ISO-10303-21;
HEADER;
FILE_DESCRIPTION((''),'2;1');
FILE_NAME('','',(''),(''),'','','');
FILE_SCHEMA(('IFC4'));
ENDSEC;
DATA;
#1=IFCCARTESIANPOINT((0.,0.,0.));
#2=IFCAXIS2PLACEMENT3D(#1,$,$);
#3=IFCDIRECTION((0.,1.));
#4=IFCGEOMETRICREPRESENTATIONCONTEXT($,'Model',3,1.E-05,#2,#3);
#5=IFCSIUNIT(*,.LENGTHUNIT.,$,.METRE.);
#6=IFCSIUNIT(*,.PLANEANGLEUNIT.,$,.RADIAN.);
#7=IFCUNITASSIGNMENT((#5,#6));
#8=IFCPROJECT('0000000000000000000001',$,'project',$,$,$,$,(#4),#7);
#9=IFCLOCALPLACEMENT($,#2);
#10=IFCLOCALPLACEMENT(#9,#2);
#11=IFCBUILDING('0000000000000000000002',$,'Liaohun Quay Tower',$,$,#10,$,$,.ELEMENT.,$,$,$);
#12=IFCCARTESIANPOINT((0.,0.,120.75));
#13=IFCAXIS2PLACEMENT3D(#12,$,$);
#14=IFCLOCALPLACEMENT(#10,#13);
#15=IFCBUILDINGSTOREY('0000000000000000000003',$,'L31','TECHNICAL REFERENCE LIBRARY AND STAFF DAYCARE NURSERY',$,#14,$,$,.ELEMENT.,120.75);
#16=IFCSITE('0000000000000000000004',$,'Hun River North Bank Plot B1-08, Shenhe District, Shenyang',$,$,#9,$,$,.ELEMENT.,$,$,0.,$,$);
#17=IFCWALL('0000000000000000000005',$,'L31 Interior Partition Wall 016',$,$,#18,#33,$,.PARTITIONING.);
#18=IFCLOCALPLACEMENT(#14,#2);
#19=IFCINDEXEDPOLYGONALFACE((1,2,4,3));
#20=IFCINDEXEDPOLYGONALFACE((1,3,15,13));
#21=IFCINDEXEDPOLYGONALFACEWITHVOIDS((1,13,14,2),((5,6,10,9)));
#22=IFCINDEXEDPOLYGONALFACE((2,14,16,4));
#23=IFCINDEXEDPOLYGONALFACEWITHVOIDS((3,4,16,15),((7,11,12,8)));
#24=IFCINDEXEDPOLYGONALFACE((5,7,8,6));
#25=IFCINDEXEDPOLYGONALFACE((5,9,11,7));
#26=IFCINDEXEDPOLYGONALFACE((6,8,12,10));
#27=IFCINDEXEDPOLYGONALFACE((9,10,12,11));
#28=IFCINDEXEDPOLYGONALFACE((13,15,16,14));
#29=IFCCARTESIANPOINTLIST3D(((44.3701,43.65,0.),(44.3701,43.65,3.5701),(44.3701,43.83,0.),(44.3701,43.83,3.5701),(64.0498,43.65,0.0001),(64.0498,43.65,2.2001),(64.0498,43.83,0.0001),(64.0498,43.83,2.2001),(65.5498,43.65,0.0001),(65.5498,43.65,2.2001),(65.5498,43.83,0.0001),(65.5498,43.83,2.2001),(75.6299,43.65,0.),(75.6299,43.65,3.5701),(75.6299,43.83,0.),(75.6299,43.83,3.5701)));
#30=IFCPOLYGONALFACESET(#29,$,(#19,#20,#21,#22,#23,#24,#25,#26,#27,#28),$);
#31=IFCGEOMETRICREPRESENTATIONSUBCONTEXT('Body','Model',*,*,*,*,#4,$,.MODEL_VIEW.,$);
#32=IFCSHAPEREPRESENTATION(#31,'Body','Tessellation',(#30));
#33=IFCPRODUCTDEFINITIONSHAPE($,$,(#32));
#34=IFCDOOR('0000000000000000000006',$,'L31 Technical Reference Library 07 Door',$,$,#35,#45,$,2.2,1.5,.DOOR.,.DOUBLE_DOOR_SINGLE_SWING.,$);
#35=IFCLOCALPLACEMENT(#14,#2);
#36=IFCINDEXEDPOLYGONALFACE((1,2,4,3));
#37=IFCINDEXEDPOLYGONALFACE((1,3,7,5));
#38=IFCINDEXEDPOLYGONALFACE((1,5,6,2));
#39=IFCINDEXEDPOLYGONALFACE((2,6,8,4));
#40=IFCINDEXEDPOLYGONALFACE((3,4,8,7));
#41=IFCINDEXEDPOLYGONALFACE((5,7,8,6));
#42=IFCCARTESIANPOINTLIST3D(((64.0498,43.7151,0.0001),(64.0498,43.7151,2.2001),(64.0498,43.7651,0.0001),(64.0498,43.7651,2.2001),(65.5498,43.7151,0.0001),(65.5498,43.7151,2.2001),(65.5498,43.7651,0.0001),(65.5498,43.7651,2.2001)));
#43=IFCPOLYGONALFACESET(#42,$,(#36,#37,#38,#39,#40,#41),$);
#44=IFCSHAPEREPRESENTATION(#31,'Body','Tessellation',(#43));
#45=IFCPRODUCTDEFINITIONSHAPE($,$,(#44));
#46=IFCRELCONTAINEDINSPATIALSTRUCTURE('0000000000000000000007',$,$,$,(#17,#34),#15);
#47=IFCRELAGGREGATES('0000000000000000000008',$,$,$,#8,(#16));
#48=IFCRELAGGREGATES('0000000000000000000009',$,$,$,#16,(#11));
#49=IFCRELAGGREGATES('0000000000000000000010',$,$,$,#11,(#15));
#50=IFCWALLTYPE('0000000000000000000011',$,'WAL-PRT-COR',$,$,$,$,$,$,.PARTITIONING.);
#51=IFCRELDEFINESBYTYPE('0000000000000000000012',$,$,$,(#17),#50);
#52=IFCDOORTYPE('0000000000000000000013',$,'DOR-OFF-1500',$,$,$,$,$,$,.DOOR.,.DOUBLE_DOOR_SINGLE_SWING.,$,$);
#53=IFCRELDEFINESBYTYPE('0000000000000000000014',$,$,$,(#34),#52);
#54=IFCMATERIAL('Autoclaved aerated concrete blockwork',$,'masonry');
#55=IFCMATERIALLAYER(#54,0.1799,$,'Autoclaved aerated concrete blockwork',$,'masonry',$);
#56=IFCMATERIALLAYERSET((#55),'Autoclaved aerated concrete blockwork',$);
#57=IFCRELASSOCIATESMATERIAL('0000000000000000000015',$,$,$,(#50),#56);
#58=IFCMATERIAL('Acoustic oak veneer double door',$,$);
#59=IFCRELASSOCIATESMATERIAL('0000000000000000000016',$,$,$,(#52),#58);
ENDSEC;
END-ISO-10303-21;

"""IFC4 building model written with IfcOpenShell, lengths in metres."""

from ifc_helpers import new_model, si_unit, direction, frame, frame_2d, origin, place, context, subcontext, project, spatial, rectangle, extrude, source, transform, mapped, material, layer, layer_set, type_object, element, fill, save


model = new_model("IFC4")

# Units and contexts
model_context = context("Model", 3, precision=1e-05, world=origin(), true_north=direction((0.0, 1.0)))
body_context = subcontext(model_context, "Body", "Model", "MODEL_VIEW")
ifc_project = project(units=[si_unit("LENGTHUNIT", "METRE"), si_unit("PLANEANGLEUNIT", "RADIAN")], contexts=[model_context])

# Site, building, storey
site_placement = place(None, origin())
site = spatial("IfcSite", under=ifc_project, at=site_placement, Name="Hun River North Bank Plot B1-08, Shenhe District, Shenyang", CompositionType="ELEMENT", RefElevation=0.0)
building_placement = place(site_placement, origin())
building = spatial("IfcBuilding", under=site, at=building_placement, Name="Liaohun Quay Tower", CompositionType="ELEMENT")
storey_placement = place(building_placement, frame((0.0, 0.0, 120.75)))
storey = spatial("IfcBuildingStorey", under=building, at=storey_placement, Name="L31", Description="TECHNICAL REFERENCE LIBRARY AND STAFF DAYCARE NURSERY", CompositionType="ELEMENT", Elevation=120.75)

# Wall, opening, door
ifc_material_1 = material(Name="Autoclaved aerated concrete blockwork", Category="masonry")
ifc_layer_1 = layer(ifc_material_1, 0.1799, Name="Autoclaved aerated concrete blockwork", Category="masonry")
ifc_layer_set_1 = layer_set([ifc_layer_1], Name="Autoclaved aerated concrete blockwork")
wall_type_1 = type_object("IfcWallType", Name="WAL-PRT-COR", PredefinedType="PARTITIONING", material=ifc_layer_set_1)
wall_1_placement = place(storey_placement, frame((75.6299, 43.74, 0.0), z_axis=(0.0, 0.0, 1.0), x_axis=(-1.0, 0.0, 0.0)))
wall_1 = element("IfcWall", 1, at=wall_1_placement, inside=storey, type_object=wall_type_1, Name="L31 Interior Partition Wall 016", PredefinedType="PARTITIONING", context=body_context, shape_type="SweptSolid", body=[
    extrude(rectangle(XDim=31.2598, YDim=0.1799, at=frame_2d((15.6299, 0.0))), origin(), (0.0, 0.0, 1.0), 3.5701),
])
shared_shape_1 = source(origin(), body_context, "Body", "SweptSolid", [
    extrude(rectangle(XDim=1.5, YDim=2.2, at=frame_2d((0.75, 1.1001))), frame((0.0, 0.0999, 0.0), z_axis=(0.0, -1.0, 0.0), x_axis=(1.0, 0.0, 0.0)), (0.0, 0.0, 1.0), 0.2),
])
opening_1_placement = place(wall_1_placement, frame((10.0801, 0.0, 0.0)))
opening_1 = element("IfcOpeningElement", 2, at=opening_1_placement, cuts=wall_1, PredefinedType="OPENING", context=body_context, shape_type="MappedRepresentation", body=[
    mapped(shared_shape_1, transform((0.0, 0.0, 0.0), x_axis=(1.0, 0.0, 0.0), y_axis=(0.0, 1.0, 0.0), z_axis=(0.0, 0.0, 1.0), scale=1.0)),
])
ifc_material_2 = material(Name="Acoustic oak veneer double door")
door_type = type_object("IfcDoorType", Name="DOR-OFF-1500", OperationType="DOUBLE_DOOR_SINGLE_SWING", PredefinedType="DOOR", material=ifc_material_2)
shared_shape_2 = source(origin(), body_context, "Body", "SweptSolid", [
    extrude(rectangle(XDim=1.5, YDim=2.2, at=frame_2d((0.75, 1.1001))), frame((0.0, 0.0249, 0.0), z_axis=(0.0, -1.0, 0.0), x_axis=(1.0, 0.0, 0.0)), (0.0, 0.0, 1.0), 0.05),
])
door_placement = place(opening_1_placement, origin())
door = element("IfcDoor", 3, at=door_placement, inside=storey, type_object=door_type, Name="L31 Technical Reference Library 07 Door", OperationType="DOUBLE_DOOR_SINGLE_SWING", OverallHeight=2.2, OverallWidth=1.5, PredefinedType="DOOR", context=body_context, shape_type="MappedRepresentation", body=[
    mapped(shared_shape_2, transform((0.0, 0.0, 0.0), x_axis=(1.0, 0.0, 0.0), y_axis=(0.0, 1.0, 0.0), z_axis=(0.0, 0.0, 1.0), scale=1.0)),
])
fill(opening_1, door)

save(model, "model.ifc")
